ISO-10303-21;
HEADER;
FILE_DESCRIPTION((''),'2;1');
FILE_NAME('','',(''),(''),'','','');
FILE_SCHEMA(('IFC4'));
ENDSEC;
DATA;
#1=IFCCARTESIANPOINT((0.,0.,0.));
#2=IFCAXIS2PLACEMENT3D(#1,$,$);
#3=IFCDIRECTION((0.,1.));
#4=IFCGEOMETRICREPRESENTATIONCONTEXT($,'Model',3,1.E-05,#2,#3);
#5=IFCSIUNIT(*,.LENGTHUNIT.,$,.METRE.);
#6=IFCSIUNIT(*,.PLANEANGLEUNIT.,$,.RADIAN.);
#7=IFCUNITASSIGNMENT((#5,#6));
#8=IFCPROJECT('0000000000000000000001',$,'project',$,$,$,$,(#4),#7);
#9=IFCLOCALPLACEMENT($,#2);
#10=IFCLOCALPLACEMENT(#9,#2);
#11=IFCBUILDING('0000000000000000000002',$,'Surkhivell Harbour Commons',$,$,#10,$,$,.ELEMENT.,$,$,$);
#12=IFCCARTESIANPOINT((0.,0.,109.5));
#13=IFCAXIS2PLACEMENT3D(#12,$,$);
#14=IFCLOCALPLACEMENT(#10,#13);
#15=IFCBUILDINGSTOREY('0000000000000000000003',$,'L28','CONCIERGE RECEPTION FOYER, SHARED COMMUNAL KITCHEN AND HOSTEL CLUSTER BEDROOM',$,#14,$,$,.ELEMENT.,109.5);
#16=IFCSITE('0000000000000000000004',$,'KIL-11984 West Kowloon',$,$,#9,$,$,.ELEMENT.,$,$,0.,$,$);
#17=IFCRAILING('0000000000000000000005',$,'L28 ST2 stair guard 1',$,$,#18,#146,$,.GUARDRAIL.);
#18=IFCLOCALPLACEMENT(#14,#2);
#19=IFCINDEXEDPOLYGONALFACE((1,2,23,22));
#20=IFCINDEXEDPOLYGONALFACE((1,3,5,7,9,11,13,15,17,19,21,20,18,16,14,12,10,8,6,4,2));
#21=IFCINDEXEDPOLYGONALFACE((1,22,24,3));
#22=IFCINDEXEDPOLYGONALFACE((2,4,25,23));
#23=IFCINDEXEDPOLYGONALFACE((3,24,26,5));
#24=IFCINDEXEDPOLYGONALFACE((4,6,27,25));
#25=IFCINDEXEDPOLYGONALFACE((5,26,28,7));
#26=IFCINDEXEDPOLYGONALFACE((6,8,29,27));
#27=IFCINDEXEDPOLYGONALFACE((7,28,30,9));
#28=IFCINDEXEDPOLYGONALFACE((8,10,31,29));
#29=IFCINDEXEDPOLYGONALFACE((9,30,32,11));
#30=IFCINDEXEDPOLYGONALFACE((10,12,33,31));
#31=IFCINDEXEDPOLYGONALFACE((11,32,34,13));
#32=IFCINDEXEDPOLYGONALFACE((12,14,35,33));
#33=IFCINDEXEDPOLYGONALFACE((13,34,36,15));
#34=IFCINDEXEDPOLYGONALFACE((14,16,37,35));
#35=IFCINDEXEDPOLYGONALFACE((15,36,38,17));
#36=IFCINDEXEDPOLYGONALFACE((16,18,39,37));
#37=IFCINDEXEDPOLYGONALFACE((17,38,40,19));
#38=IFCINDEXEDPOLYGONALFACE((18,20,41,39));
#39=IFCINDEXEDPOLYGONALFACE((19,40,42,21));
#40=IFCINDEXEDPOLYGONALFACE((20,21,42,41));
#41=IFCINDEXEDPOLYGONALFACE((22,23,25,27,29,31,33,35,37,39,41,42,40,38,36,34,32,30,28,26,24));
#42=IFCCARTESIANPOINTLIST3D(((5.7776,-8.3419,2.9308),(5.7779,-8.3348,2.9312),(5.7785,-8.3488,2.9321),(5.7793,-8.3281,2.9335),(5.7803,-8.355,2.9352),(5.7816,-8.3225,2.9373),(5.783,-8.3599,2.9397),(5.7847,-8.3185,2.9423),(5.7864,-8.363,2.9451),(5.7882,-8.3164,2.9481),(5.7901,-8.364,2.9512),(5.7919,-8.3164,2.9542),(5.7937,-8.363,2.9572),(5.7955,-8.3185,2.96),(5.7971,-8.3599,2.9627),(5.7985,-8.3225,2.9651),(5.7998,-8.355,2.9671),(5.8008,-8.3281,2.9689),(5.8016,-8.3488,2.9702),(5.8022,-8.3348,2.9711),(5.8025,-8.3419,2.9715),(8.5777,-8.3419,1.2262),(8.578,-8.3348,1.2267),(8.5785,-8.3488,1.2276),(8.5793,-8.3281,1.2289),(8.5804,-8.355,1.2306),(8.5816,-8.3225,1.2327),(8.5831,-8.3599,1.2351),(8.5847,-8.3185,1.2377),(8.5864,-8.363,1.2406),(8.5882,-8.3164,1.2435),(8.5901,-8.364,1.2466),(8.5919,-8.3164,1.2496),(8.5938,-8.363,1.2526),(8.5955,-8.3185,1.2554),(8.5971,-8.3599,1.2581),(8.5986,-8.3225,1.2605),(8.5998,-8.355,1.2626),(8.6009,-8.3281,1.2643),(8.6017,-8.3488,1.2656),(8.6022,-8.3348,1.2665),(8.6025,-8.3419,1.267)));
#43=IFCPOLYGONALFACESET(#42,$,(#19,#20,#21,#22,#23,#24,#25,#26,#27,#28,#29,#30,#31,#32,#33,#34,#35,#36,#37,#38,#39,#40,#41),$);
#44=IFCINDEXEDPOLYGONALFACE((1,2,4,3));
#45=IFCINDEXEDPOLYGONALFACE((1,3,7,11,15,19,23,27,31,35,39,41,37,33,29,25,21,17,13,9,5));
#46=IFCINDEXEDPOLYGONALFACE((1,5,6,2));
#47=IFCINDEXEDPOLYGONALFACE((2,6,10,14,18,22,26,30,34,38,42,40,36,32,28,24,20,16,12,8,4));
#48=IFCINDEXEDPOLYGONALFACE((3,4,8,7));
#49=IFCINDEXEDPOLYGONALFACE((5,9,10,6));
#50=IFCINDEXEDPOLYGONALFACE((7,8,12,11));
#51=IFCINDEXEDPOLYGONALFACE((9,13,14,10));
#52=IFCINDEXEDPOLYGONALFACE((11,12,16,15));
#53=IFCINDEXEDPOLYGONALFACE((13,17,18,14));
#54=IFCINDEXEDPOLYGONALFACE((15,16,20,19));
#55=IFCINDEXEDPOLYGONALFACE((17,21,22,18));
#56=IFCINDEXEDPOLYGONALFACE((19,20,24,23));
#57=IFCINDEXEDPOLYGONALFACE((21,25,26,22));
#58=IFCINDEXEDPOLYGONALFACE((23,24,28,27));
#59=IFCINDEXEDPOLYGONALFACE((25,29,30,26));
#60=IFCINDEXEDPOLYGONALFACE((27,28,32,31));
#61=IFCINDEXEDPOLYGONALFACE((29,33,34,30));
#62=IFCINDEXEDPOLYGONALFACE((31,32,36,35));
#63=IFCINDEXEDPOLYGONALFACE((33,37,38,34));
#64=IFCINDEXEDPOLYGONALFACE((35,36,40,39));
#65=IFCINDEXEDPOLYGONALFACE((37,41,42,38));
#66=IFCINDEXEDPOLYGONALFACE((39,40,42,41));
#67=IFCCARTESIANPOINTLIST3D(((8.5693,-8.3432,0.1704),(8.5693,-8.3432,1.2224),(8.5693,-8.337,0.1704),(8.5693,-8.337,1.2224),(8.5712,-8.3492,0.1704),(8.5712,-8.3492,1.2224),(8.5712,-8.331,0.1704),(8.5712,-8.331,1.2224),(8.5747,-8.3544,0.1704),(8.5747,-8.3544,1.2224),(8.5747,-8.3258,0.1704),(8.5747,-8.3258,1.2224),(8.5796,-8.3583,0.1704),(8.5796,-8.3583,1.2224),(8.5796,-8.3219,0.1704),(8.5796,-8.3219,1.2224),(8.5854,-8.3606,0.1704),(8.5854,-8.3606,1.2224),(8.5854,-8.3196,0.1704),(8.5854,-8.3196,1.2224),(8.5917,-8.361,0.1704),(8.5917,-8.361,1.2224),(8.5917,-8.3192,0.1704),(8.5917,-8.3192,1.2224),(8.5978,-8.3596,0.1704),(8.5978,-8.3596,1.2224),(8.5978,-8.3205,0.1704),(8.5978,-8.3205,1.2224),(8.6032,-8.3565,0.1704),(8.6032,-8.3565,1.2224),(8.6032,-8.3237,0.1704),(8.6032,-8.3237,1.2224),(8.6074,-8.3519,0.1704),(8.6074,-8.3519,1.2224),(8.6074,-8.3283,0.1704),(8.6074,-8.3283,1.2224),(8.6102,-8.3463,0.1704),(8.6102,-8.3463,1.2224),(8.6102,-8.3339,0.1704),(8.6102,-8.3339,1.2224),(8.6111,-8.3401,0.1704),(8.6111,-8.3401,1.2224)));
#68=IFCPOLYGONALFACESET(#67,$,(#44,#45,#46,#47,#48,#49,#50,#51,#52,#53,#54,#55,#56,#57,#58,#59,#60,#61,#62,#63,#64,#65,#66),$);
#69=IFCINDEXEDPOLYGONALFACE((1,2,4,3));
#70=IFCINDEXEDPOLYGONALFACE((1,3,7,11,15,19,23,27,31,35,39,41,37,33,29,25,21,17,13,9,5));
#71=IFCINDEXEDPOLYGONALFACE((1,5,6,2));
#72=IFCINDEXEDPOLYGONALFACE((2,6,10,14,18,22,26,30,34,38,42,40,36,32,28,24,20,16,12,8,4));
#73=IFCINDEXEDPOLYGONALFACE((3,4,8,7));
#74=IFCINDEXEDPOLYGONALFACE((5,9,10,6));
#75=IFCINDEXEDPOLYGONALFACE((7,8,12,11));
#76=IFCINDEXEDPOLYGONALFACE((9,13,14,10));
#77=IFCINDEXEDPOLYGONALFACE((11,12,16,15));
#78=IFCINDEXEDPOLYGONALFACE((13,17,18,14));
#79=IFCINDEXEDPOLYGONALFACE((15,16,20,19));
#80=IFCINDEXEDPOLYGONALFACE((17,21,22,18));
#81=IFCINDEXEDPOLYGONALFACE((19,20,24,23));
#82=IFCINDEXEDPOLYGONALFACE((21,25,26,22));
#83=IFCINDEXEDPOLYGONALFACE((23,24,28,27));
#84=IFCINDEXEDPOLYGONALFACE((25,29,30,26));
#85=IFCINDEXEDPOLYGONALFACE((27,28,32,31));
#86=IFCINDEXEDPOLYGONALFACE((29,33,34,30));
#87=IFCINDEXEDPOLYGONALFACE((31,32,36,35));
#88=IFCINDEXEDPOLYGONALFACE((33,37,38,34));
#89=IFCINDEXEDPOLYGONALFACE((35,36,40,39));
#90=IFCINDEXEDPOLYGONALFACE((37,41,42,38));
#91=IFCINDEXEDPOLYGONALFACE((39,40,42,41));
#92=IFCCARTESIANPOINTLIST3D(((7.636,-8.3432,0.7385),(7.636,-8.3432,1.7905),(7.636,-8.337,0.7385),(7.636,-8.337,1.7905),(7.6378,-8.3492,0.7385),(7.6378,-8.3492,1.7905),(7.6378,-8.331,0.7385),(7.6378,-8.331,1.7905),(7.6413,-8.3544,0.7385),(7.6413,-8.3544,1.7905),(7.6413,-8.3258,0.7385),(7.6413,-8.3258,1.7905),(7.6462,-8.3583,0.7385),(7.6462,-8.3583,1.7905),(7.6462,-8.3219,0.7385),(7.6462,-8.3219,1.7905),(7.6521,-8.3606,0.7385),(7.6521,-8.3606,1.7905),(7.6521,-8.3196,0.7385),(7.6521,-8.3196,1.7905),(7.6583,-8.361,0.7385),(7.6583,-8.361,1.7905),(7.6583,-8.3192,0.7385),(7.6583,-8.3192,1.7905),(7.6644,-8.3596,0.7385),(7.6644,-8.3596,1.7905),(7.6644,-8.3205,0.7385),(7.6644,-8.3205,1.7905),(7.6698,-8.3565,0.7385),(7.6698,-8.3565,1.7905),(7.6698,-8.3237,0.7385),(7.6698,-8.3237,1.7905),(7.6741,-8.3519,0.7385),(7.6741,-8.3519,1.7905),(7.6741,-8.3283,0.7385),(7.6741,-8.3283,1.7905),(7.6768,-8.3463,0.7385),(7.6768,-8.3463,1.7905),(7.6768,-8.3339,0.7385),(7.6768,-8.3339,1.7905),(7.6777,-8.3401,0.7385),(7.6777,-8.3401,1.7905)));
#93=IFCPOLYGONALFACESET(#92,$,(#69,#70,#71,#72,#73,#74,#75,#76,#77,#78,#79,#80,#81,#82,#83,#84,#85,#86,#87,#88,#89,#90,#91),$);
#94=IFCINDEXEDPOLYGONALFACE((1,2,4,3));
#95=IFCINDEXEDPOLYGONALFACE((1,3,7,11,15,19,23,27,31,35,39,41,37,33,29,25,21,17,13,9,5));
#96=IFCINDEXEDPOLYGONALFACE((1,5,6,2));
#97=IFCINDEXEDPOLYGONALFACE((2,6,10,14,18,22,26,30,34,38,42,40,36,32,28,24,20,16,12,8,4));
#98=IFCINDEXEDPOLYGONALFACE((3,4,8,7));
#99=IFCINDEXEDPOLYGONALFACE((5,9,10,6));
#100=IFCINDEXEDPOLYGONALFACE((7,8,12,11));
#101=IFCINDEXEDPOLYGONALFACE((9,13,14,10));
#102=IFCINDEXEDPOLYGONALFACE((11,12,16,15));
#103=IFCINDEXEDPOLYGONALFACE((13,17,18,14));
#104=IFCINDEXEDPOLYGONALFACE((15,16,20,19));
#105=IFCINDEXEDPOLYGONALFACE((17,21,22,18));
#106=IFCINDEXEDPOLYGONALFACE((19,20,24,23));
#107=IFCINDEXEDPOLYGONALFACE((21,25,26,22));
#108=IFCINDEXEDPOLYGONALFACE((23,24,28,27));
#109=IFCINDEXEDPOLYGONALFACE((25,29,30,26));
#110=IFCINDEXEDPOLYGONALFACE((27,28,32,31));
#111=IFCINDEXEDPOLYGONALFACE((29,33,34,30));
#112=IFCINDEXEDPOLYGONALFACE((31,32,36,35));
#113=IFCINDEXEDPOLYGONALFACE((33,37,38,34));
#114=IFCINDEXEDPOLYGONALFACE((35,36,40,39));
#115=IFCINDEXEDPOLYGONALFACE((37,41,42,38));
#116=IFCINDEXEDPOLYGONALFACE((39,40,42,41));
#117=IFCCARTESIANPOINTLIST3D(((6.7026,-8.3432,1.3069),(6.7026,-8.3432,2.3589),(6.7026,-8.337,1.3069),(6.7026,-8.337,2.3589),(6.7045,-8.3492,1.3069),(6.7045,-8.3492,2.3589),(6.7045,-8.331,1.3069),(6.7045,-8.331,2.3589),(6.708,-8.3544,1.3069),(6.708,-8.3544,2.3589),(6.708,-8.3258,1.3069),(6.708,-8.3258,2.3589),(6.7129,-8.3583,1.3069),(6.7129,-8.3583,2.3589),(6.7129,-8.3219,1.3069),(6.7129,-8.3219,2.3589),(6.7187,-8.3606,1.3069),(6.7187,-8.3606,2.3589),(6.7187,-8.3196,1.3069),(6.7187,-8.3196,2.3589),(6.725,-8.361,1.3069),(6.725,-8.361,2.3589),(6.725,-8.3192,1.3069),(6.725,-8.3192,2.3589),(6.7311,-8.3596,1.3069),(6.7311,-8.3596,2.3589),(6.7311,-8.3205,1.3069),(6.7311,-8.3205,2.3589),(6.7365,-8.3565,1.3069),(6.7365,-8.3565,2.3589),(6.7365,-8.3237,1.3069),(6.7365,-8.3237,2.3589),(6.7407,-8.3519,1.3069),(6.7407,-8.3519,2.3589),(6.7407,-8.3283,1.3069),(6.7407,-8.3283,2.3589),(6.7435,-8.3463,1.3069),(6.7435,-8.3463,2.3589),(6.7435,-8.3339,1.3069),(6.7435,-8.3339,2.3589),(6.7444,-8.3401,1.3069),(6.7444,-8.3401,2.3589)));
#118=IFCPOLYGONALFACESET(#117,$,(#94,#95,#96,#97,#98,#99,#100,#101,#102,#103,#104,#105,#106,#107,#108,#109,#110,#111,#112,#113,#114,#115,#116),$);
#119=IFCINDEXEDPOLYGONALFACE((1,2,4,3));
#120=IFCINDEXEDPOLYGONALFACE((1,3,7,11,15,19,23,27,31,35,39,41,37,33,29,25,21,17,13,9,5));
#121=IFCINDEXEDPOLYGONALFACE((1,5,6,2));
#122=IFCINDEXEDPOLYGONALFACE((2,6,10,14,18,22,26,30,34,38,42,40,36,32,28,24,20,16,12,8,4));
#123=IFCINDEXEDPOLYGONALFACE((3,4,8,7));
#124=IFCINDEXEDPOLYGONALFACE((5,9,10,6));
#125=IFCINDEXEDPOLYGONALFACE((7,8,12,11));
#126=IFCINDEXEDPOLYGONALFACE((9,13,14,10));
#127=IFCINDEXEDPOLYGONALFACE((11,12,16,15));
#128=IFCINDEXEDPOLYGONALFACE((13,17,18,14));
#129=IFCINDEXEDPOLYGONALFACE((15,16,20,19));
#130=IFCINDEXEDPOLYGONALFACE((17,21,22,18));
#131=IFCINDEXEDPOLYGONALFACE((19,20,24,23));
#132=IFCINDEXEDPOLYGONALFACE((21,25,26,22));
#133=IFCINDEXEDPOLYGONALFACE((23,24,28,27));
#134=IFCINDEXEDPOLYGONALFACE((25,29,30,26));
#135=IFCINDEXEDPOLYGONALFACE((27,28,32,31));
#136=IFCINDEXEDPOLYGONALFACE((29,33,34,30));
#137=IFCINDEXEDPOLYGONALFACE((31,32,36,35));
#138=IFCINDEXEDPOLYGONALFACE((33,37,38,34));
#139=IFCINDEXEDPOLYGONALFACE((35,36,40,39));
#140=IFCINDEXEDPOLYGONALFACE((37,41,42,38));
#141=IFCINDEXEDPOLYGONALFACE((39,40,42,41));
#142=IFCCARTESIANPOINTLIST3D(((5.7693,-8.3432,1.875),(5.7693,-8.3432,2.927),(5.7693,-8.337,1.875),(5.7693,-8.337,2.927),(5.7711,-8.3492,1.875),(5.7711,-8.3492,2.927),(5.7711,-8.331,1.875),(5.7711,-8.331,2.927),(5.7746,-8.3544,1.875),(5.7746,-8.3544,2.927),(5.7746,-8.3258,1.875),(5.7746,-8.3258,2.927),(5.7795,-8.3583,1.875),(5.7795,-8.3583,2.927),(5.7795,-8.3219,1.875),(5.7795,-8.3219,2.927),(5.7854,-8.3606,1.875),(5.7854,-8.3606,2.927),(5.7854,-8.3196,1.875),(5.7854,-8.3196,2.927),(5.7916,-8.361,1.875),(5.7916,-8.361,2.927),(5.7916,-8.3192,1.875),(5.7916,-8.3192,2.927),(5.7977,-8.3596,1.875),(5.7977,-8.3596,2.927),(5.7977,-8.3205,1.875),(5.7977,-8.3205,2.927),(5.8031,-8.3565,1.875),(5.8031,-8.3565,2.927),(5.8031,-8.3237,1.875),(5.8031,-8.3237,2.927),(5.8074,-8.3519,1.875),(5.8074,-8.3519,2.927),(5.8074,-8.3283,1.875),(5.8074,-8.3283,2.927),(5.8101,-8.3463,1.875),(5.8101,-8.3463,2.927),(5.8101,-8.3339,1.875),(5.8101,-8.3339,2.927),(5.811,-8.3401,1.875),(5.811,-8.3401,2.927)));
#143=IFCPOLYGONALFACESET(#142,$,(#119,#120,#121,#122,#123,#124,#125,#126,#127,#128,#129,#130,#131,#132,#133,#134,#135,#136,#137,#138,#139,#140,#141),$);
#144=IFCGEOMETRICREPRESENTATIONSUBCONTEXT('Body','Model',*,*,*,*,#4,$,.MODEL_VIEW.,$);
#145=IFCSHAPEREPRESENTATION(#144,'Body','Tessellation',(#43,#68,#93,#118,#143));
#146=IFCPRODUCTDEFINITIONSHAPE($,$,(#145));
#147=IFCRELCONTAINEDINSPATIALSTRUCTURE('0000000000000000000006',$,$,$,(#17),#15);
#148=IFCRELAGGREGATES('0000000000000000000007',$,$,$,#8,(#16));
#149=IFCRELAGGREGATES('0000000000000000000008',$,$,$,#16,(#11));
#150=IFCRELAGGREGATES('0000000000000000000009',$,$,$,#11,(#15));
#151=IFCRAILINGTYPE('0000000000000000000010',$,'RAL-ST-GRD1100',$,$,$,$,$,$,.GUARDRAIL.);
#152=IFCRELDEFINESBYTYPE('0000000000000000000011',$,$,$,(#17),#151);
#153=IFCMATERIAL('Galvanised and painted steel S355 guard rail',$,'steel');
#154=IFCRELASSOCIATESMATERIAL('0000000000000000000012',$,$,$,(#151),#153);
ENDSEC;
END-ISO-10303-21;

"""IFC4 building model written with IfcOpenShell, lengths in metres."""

from ifc_helpers import new_model, si_unit, direction, frame, origin, origin_2d, place, context, subcontext, project, spatial, circle, extrude, material, type_object, element, save


model = new_model("IFC4")

# Units and contexts
model_context = context("Model", 3, precision=1e-05, world=origin(), true_north=direction((0.0, 1.0)))
body_context = subcontext(model_context, "Body", "Model", "MODEL_VIEW")
ifc_project = project(units=[si_unit("LENGTHUNIT", "METRE"), si_unit("PLANEANGLEUNIT", "RADIAN")], contexts=[model_context])

# Site, building, storey
site_placement = place(None, origin())
site = spatial("IfcSite", under=ifc_project, at=site_placement, Name="KIL-11984 West Kowloon", CompositionType="ELEMENT", RefElevation=0.0)
building_placement = place(site_placement, origin())
building = spatial("IfcBuilding", under=site, at=building_placement, Name="Surkhivell Harbour Commons", CompositionType="ELEMENT")
storey_placement = place(building_placement, frame((0.0, 0.0, 109.5)))
storey = spatial("IfcBuildingStorey", under=building, at=storey_placement, Name="L28", Description="CONCIERGE RECEPTION FOYER, SHARED COMMUNAL KITCHEN AND HOSTEL CLUSTER BEDROOM", CompositionType="ELEMENT", Elevation=109.5)

# Railing
ifc_material_1 = material(Name="Galvanised and painted steel S355 guard rail", Category="steel")
railing_type = type_object("IfcRailingType", Name="RAL-ST-GRD1100", PredefinedType="GUARDRAIL", material=ifc_material_1)
railing_1_placement = place(storey_placement, frame((8.5901, -8.3401, 0.1704)))
element("IfcRailing", 1, at=railing_1_placement, inside=storey, type_object=railing_type, Name="L28 ST2 stair guard 1", PredefinedType="GUARDRAIL", context=body_context, shape_type="SweptSolid", body=[
    extrude(circle(Radius=0.0239, at=origin_2d()), frame((0.0, 0.0, 1.0762), z_axis=(-0.85417, 0.0, 0.519994), x_axis=(0.0, -1.0, 0.0)), (0.0, 0.0, 1.0), 3.2781),
    extrude(circle(Radius=0.021, at=origin_2d()), origin(), (0.0, 0.0, 1.0), 1.052),
    extrude(circle(Radius=0.021, at=origin_2d()), frame((-0.9333, 0.0, 0.5681)), (0.0, 0.0, 1.0), 1.052),
    extrude(circle(Radius=0.021, at=origin_2d()), frame((-1.8667, 0.0, 1.1365)), (0.0, 0.0, 1.0), 1.052),
    extrude(circle(Radius=0.021, at=origin_2d()), frame((-2.8, 0.0, 1.7046)), (0.0, 0.0, 1.0), 1.052),
])

save(model, "model.ifc")
